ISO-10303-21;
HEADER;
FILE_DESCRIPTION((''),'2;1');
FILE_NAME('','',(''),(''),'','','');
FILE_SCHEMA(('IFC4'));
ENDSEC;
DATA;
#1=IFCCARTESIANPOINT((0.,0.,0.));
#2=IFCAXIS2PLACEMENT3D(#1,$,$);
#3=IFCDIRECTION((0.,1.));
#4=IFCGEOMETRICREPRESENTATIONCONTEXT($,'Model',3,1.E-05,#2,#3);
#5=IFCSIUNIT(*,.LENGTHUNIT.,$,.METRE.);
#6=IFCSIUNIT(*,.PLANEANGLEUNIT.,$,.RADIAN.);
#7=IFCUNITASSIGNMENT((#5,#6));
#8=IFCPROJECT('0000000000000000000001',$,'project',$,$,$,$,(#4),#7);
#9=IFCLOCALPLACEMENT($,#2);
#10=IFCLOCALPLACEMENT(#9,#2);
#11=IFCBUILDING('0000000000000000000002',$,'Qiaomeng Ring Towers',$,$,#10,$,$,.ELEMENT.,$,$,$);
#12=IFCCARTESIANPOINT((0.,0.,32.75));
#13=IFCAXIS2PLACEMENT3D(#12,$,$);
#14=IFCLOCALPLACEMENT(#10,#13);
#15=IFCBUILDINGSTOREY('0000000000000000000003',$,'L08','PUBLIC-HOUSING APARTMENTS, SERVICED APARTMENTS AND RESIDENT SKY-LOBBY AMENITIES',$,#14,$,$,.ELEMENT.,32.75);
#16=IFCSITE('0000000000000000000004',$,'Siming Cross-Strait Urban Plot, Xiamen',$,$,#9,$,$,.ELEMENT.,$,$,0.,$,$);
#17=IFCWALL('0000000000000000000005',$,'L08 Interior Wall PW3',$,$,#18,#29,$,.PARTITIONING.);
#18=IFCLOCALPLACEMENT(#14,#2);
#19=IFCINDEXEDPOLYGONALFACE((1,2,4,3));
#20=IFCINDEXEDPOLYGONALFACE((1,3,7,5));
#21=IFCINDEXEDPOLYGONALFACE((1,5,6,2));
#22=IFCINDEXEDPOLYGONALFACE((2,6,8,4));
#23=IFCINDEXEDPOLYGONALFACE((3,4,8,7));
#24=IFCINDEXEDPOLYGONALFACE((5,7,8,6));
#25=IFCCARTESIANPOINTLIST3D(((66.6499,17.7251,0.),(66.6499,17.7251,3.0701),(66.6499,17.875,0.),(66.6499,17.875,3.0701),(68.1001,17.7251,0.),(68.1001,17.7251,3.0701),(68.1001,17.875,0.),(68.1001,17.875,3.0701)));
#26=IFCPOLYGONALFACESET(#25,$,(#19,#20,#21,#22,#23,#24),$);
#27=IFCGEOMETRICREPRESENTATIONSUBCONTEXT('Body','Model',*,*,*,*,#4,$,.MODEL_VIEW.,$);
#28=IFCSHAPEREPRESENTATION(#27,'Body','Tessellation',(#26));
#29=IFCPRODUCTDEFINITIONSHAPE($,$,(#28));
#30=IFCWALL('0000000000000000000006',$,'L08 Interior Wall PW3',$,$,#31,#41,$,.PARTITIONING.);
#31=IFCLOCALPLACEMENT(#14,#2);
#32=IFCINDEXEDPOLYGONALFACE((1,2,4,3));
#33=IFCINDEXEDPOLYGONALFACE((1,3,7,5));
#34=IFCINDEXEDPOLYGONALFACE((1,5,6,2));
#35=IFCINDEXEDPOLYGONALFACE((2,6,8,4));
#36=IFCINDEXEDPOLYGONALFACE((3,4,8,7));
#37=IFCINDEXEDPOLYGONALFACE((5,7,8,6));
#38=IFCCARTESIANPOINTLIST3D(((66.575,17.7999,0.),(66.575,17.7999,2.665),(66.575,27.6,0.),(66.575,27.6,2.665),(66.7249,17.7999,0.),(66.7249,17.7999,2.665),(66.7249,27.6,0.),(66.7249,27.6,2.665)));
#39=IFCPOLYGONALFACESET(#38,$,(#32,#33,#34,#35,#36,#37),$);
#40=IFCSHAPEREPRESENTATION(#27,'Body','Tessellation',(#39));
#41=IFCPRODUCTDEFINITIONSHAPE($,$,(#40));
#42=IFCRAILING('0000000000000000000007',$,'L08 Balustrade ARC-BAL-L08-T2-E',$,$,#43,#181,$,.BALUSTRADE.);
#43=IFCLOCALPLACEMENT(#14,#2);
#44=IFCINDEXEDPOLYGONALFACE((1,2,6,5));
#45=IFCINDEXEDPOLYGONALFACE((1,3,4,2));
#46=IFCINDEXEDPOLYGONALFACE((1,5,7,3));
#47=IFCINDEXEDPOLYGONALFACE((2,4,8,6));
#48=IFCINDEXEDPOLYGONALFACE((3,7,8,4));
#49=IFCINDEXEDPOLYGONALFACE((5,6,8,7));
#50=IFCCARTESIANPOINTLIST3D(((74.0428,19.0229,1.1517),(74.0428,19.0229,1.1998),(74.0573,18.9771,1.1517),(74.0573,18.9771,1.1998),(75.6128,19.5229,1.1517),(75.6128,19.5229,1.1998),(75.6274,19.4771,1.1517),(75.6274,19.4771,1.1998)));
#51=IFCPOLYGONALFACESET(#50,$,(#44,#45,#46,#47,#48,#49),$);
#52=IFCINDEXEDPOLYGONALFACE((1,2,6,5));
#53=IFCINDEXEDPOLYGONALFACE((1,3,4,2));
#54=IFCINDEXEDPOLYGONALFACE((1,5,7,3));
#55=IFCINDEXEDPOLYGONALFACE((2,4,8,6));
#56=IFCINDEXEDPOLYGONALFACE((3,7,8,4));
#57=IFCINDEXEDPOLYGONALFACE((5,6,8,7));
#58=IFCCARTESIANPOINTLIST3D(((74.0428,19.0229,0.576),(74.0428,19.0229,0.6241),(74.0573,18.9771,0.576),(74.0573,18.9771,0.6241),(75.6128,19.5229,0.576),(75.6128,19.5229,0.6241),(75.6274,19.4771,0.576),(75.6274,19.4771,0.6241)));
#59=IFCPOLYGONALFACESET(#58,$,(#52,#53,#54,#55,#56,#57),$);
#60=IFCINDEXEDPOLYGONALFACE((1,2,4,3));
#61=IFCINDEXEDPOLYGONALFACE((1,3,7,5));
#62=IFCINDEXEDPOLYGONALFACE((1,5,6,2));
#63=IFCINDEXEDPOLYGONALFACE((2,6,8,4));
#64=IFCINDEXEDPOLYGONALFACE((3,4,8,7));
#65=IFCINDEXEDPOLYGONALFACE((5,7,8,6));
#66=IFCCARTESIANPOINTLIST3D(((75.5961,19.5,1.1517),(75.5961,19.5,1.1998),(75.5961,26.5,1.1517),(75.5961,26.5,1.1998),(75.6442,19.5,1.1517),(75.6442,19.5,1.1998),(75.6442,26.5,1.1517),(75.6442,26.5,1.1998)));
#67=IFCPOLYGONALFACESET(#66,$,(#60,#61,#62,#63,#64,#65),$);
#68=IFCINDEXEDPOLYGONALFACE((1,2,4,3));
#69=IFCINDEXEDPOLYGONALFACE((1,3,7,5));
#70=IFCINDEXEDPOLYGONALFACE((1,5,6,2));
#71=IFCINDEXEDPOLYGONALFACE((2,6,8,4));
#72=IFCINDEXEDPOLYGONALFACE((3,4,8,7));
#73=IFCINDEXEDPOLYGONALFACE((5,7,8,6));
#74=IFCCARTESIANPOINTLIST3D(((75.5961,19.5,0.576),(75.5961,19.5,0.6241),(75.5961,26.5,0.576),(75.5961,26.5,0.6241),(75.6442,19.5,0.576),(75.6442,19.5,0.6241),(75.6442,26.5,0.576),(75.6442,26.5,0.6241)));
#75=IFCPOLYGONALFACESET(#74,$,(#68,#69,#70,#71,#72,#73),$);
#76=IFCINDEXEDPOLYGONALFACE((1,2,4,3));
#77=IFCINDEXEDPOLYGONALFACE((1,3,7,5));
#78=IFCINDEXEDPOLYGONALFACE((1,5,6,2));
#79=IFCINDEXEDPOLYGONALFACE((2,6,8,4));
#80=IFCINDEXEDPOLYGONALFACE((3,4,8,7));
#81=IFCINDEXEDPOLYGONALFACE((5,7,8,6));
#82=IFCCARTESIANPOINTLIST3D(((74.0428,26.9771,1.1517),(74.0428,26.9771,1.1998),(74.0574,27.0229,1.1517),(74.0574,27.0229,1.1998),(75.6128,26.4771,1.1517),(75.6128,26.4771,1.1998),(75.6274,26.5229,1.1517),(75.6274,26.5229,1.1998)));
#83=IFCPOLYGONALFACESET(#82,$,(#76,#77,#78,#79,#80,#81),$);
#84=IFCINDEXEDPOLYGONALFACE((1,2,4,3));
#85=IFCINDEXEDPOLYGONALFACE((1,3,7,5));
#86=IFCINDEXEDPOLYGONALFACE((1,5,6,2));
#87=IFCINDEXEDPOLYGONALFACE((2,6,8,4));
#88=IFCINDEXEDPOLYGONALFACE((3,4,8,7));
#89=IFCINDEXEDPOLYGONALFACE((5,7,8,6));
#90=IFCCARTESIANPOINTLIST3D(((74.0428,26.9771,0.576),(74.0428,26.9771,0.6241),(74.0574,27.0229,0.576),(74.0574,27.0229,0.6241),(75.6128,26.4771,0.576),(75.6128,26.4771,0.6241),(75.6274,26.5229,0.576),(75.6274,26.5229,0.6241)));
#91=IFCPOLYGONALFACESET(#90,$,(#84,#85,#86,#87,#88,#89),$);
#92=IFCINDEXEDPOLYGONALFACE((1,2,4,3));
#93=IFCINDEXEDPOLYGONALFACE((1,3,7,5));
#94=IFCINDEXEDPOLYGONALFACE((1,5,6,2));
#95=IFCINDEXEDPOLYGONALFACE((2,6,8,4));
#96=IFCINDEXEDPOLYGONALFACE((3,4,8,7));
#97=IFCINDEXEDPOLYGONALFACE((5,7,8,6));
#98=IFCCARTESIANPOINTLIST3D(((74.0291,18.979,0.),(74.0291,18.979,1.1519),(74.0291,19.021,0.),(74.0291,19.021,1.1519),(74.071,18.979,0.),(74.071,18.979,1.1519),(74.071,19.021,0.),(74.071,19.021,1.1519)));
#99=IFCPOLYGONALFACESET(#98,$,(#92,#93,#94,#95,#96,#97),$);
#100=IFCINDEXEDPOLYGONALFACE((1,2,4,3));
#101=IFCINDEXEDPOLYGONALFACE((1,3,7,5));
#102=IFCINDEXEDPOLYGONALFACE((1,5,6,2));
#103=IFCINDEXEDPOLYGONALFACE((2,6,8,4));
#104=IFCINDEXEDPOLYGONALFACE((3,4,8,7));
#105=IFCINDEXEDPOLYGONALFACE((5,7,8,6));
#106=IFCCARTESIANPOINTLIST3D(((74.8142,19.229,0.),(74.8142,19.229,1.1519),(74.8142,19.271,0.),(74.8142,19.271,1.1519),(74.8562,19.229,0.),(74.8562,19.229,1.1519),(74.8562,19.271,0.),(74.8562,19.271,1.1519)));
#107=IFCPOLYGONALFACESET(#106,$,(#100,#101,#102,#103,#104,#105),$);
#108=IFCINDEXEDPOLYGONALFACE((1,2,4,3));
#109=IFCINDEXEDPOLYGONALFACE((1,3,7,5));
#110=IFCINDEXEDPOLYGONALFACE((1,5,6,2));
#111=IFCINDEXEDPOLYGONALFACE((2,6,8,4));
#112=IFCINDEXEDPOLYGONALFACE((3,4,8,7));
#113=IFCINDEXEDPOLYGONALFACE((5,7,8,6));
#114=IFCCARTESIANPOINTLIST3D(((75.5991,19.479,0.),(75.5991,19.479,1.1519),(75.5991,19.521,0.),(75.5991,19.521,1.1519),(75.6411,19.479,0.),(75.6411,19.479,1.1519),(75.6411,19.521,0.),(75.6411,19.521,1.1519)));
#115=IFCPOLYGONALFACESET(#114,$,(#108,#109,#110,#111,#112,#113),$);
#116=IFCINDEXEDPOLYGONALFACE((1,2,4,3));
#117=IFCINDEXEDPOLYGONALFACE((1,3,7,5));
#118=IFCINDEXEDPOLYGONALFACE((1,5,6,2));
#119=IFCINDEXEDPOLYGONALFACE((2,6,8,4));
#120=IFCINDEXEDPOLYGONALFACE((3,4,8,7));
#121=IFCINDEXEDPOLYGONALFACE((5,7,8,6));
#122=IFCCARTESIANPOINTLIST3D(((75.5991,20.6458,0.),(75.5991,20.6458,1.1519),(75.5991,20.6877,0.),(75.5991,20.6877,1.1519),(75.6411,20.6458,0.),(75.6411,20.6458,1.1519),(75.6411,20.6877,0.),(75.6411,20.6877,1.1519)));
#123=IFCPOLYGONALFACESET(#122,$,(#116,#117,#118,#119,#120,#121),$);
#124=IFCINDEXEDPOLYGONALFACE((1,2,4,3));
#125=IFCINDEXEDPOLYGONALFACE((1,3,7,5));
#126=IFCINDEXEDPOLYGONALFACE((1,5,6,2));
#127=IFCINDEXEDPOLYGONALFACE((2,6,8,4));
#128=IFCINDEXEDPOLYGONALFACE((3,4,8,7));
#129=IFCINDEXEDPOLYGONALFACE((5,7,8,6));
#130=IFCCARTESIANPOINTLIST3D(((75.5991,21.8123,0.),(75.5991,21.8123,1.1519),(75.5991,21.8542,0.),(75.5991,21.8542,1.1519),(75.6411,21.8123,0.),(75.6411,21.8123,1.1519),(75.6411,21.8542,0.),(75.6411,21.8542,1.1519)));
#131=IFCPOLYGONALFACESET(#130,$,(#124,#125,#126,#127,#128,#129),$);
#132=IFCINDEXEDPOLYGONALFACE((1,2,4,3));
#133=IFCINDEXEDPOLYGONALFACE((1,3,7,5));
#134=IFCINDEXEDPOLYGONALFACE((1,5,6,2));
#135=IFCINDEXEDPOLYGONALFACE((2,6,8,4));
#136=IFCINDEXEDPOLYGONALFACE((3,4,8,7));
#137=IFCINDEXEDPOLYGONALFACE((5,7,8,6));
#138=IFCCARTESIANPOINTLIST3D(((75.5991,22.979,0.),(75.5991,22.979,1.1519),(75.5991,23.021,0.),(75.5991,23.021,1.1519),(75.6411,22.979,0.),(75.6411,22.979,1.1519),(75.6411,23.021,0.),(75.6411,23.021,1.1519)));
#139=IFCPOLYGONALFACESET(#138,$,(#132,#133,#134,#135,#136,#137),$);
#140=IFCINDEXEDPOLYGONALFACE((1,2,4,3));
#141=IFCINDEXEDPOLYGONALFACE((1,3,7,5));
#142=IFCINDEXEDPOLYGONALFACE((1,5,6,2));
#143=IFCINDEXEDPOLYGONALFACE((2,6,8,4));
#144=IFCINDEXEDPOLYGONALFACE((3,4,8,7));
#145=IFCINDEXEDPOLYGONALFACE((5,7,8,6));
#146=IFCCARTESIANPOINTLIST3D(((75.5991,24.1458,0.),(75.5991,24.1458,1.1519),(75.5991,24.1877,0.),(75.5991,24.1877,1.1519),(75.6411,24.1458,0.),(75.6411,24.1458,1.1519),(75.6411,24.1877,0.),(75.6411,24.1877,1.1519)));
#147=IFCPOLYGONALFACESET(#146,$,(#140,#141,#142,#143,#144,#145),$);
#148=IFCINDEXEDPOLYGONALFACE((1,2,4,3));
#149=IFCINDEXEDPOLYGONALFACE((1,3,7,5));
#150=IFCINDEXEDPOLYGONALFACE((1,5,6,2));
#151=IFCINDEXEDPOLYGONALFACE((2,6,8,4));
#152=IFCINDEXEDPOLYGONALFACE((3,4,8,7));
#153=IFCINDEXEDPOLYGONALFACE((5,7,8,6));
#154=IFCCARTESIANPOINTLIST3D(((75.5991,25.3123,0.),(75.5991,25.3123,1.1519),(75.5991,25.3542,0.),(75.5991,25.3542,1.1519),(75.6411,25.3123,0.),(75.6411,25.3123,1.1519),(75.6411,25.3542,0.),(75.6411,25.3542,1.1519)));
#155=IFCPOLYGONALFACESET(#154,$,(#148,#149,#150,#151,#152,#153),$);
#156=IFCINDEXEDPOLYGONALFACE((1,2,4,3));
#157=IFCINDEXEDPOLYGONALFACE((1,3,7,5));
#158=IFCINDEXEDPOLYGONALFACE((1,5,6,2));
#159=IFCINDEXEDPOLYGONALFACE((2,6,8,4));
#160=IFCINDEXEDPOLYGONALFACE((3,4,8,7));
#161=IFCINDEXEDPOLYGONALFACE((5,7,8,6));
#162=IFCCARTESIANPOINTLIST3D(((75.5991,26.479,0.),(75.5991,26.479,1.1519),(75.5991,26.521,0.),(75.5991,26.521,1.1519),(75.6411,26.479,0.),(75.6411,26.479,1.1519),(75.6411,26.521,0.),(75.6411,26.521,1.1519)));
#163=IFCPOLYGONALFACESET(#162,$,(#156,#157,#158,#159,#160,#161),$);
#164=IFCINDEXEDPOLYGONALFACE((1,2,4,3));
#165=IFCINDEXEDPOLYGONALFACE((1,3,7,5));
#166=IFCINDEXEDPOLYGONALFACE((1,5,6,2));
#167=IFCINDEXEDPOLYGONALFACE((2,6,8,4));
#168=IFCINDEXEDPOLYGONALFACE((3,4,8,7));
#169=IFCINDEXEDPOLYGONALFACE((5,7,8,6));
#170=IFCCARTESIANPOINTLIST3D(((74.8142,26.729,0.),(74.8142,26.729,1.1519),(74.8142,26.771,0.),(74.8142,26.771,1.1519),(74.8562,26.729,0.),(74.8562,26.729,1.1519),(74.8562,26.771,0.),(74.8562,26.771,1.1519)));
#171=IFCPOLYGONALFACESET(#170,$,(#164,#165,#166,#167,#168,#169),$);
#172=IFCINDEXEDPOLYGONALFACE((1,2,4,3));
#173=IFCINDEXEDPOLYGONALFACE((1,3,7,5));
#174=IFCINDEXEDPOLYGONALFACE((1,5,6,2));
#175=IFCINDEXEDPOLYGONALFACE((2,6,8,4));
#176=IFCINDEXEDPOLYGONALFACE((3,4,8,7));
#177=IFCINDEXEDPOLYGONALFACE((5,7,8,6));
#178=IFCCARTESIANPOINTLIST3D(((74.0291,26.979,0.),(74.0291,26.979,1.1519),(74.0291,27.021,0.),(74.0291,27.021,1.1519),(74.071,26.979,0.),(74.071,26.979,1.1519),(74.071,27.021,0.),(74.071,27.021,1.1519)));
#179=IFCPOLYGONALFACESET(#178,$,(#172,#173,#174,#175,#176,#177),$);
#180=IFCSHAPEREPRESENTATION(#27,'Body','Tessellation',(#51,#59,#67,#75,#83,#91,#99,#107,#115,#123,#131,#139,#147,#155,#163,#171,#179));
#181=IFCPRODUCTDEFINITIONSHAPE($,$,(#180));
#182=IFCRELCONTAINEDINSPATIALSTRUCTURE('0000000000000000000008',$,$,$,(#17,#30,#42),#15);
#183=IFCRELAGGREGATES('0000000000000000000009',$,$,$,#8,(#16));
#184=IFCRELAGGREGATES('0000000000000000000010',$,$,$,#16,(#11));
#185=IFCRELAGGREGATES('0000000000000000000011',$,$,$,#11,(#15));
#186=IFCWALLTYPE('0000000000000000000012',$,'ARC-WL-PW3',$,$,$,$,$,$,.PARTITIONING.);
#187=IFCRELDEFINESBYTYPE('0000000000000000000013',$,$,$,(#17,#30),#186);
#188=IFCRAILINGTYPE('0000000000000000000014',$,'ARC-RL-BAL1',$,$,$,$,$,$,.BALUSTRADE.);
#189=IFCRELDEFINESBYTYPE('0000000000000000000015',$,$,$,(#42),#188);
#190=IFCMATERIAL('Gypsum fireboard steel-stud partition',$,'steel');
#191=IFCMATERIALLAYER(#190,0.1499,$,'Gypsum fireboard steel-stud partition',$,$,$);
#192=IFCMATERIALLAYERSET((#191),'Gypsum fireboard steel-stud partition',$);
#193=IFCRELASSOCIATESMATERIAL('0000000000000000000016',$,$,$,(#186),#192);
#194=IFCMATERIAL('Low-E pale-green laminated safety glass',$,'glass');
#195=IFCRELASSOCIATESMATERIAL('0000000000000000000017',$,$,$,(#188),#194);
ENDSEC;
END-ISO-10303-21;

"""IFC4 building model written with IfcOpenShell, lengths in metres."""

from ifc_helpers import new_model, si_unit, direction, frame, frame_2d, origin, origin_2d, place, context, subcontext, project, spatial, rectangle, extrude, material, layer, layer_set, type_object, element, save


model = new_model("IFC4")

# Units and contexts
model_context = context("Model", 3, precision=1e-05, world=origin(), true_north=direction((0.0, 1.0)))
body_context = subcontext(model_context, "Body", "Model", "MODEL_VIEW")
ifc_project = project(units=[si_unit("LENGTHUNIT", "METRE"), si_unit("PLANEANGLEUNIT", "RADIAN")], contexts=[model_context])

# Site, building, storey
site_placement = place(None, origin())
site = spatial("IfcSite", under=ifc_project, at=site_placement, Name="Siming Cross-Strait Urban Plot, Xiamen", CompositionType="ELEMENT", RefElevation=0.0)
building_placement = place(site_placement, origin())
building = spatial("IfcBuilding", under=site, at=building_placement, Name="Qiaomeng Ring Towers", CompositionType="ELEMENT")
storey_placement = place(building_placement, frame((0.0, 0.0, 32.75)))
storey = spatial("IfcBuildingStorey", under=building, at=storey_placement, Name="L08", Description="PUBLIC-HOUSING APARTMENTS, SERVICED APARTMENTS AND RESIDENT SKY-LOBBY AMENITIES", CompositionType="ELEMENT", Elevation=32.75)

# Shared definitions
ifc_material_1 = material(Name="Gypsum fireboard steel-stud partition", Category="steel")
ifc_layer_1 = layer(ifc_material_1, 0.1499, Name="Gypsum fireboard steel-stud partition")
ifc_layer_set_1 = layer_set([ifc_layer_1], Name="Gypsum fireboard steel-stud partition")
wall_type_1 = type_object("IfcWallType", Name="ARC-WL-PW3", PredefinedType="PARTITIONING", material=ifc_layer_set_1)

# Walls
wall_1_placement = place(storey_placement, frame((66.6499, 17.8, 0.0), z_axis=(0.0, 0.0, 1.0), x_axis=(1.0, 0.0, 0.0)))
element("IfcWall", 1, at=wall_1_placement, inside=storey, type_object=wall_type_1, Name="L08 Interior Wall PW3", PredefinedType="PARTITIONING", context=body_context, shape_type="SweptSolid", body=[
    extrude(rectangle(XDim=1.4502, YDim=0.1499, at=frame_2d((0.7251, 0.0))), origin(), (0.0, 0.0, 1.0), 3.0701),
])
wall_2_placement = place(storey_placement, frame((66.6499, 17.8, 0.0), z_axis=(0.0, 0.0, 1.0), x_axis=(0.0, 1.0, 0.0)))
element("IfcWall", 2, at=wall_2_placement, inside=storey, type_object=wall_type_1, Name="L08 Interior Wall PW3", PredefinedType="PARTITIONING", context=body_context, shape_type="SweptSolid", body=[
    extrude(rectangle(XDim=9.8, YDim=0.1499, at=frame_2d((4.8999, 0.0))), origin(), (0.0, 0.0, 1.0), 2.665),
])

# Railing
ifc_material_2 = material(Name="Low-E pale-green laminated safety glass", Category="glass")
railing_type = type_object("IfcRailingType", Name="ARC-RL-BAL1", PredefinedType="BALUSTRADE", material=ifc_material_2)
railing_placement = place(storey_placement, frame((74.05, 19.0, 0.0)))
element("IfcRailing", 3, at=railing_placement, inside=storey, type_object=railing_type, Name="L08 Balustrade ARC-BAL-L08-T2-E", PredefinedType="BALUSTRADE", context=body_context, shape_type="SweptSolid", body=[
    extrude(rectangle(XDim=0.0481, YDim=0.0481, at=origin_2d()), frame((0.0, 0.0, 1.1758), z_axis=(0.95285, 0.303442, 0.0), x_axis=(-0.303442, 0.95285, 0.0)), (0.0, 0.0, 1.0), 1.6477),
    extrude(rectangle(XDim=0.0481, YDim=0.0481, at=origin_2d()), frame((0.0, 0.0, 0.6001), z_axis=(0.95285, 0.303442, 0.0), x_axis=(-0.303442, 0.95285, 0.0)), (0.0, 0.0, 1.0), 1.6477),
    extrude(rectangle(XDim=0.0481, YDim=0.0481, at=origin_2d()), frame((1.5701, 0.5, 1.1758), z_axis=(0.0, 1.0, 0.0), x_axis=(-1.0, 0.0, 0.0)), (0.0, 0.0, 1.0), 7.0),
    extrude(rectangle(XDim=0.0481, YDim=0.0481, at=origin_2d()), frame((1.5701, 0.5, 0.6001), z_axis=(0.0, 1.0, 0.0), x_axis=(-1.0, 0.0, 0.0)), (0.0, 0.0, 1.0), 7.0),
    extrude(rectangle(XDim=0.0481, YDim=0.0481, at=origin_2d()), frame((1.5701, 7.5, 1.1758), z_axis=(-0.95285, 0.303442, 0.0), x_axis=(-0.303442, -0.95285, 0.0)), (0.0, 0.0, 1.0), 1.6477),
    extrude(rectangle(XDim=0.0481, YDim=0.0481, at=origin_2d()), frame((1.5701, 7.5, 0.6001), z_axis=(-0.95285, 0.303442, 0.0), x_axis=(-0.303442, -0.95285, 0.0)), (0.0, 0.0, 1.0), 1.6477),
    extrude(rectangle(XDim=0.042, YDim=0.042, at=origin_2d()), origin(), (0.0, 0.0, 1.0), 1.1519),
    extrude(rectangle(XDim=0.042, YDim=0.042, at=origin_2d()), frame((0.7852, 0.25, 0.0)), (0.0, 0.0, 1.0), 1.1519),
    extrude(rectangle(XDim=0.042, YDim=0.042, at=origin_2d()), frame((1.5701, 0.5, 0.0)), (0.0, 0.0, 1.0), 1.1519),
    extrude(rectangle(XDim=0.042, YDim=0.042, at=origin_2d()), frame((1.5701, 1.6667, 0.0)), (0.0, 0.0, 1.0), 1.1519),
    extrude(rectangle(XDim=0.042, YDim=0.042, at=origin_2d()), frame((1.5701, 2.8333, 0.0)), (0.0, 0.0, 1.0), 1.1519),
    extrude(rectangle(XDim=0.042, YDim=0.042, at=origin_2d()), frame((1.5701, 4.0, 0.0)), (0.0, 0.0, 1.0), 1.1519),
    extrude(rectangle(XDim=0.042, YDim=0.042, at=origin_2d()), frame((1.5701, 5.1667, 0.0)), (0.0, 0.0, 1.0), 1.1519),
    extrude(rectangle(XDim=0.042, YDim=0.042, at=origin_2d()), frame((1.5701, 6.3333, 0.0)), (0.0, 0.0, 1.0), 1.1519),
    extrude(rectangle(XDim=0.042, YDim=0.042, at=origin_2d()), frame((1.5701, 7.5, 0.0)), (0.0, 0.0, 1.0), 1.1519),
    extrude(rectangle(XDim=0.042, YDim=0.042, at=origin_2d()), frame((0.7852, 7.75, 0.0)), (0.0, 0.0, 1.0), 1.1519),
    extrude(rectangle(XDim=0.042, YDim=0.042, at=origin_2d()), frame((0.0, 8.0, 0.0)), (0.0, 0.0, 1.0), 1.1519),
])

save(model, "model.ifc")
